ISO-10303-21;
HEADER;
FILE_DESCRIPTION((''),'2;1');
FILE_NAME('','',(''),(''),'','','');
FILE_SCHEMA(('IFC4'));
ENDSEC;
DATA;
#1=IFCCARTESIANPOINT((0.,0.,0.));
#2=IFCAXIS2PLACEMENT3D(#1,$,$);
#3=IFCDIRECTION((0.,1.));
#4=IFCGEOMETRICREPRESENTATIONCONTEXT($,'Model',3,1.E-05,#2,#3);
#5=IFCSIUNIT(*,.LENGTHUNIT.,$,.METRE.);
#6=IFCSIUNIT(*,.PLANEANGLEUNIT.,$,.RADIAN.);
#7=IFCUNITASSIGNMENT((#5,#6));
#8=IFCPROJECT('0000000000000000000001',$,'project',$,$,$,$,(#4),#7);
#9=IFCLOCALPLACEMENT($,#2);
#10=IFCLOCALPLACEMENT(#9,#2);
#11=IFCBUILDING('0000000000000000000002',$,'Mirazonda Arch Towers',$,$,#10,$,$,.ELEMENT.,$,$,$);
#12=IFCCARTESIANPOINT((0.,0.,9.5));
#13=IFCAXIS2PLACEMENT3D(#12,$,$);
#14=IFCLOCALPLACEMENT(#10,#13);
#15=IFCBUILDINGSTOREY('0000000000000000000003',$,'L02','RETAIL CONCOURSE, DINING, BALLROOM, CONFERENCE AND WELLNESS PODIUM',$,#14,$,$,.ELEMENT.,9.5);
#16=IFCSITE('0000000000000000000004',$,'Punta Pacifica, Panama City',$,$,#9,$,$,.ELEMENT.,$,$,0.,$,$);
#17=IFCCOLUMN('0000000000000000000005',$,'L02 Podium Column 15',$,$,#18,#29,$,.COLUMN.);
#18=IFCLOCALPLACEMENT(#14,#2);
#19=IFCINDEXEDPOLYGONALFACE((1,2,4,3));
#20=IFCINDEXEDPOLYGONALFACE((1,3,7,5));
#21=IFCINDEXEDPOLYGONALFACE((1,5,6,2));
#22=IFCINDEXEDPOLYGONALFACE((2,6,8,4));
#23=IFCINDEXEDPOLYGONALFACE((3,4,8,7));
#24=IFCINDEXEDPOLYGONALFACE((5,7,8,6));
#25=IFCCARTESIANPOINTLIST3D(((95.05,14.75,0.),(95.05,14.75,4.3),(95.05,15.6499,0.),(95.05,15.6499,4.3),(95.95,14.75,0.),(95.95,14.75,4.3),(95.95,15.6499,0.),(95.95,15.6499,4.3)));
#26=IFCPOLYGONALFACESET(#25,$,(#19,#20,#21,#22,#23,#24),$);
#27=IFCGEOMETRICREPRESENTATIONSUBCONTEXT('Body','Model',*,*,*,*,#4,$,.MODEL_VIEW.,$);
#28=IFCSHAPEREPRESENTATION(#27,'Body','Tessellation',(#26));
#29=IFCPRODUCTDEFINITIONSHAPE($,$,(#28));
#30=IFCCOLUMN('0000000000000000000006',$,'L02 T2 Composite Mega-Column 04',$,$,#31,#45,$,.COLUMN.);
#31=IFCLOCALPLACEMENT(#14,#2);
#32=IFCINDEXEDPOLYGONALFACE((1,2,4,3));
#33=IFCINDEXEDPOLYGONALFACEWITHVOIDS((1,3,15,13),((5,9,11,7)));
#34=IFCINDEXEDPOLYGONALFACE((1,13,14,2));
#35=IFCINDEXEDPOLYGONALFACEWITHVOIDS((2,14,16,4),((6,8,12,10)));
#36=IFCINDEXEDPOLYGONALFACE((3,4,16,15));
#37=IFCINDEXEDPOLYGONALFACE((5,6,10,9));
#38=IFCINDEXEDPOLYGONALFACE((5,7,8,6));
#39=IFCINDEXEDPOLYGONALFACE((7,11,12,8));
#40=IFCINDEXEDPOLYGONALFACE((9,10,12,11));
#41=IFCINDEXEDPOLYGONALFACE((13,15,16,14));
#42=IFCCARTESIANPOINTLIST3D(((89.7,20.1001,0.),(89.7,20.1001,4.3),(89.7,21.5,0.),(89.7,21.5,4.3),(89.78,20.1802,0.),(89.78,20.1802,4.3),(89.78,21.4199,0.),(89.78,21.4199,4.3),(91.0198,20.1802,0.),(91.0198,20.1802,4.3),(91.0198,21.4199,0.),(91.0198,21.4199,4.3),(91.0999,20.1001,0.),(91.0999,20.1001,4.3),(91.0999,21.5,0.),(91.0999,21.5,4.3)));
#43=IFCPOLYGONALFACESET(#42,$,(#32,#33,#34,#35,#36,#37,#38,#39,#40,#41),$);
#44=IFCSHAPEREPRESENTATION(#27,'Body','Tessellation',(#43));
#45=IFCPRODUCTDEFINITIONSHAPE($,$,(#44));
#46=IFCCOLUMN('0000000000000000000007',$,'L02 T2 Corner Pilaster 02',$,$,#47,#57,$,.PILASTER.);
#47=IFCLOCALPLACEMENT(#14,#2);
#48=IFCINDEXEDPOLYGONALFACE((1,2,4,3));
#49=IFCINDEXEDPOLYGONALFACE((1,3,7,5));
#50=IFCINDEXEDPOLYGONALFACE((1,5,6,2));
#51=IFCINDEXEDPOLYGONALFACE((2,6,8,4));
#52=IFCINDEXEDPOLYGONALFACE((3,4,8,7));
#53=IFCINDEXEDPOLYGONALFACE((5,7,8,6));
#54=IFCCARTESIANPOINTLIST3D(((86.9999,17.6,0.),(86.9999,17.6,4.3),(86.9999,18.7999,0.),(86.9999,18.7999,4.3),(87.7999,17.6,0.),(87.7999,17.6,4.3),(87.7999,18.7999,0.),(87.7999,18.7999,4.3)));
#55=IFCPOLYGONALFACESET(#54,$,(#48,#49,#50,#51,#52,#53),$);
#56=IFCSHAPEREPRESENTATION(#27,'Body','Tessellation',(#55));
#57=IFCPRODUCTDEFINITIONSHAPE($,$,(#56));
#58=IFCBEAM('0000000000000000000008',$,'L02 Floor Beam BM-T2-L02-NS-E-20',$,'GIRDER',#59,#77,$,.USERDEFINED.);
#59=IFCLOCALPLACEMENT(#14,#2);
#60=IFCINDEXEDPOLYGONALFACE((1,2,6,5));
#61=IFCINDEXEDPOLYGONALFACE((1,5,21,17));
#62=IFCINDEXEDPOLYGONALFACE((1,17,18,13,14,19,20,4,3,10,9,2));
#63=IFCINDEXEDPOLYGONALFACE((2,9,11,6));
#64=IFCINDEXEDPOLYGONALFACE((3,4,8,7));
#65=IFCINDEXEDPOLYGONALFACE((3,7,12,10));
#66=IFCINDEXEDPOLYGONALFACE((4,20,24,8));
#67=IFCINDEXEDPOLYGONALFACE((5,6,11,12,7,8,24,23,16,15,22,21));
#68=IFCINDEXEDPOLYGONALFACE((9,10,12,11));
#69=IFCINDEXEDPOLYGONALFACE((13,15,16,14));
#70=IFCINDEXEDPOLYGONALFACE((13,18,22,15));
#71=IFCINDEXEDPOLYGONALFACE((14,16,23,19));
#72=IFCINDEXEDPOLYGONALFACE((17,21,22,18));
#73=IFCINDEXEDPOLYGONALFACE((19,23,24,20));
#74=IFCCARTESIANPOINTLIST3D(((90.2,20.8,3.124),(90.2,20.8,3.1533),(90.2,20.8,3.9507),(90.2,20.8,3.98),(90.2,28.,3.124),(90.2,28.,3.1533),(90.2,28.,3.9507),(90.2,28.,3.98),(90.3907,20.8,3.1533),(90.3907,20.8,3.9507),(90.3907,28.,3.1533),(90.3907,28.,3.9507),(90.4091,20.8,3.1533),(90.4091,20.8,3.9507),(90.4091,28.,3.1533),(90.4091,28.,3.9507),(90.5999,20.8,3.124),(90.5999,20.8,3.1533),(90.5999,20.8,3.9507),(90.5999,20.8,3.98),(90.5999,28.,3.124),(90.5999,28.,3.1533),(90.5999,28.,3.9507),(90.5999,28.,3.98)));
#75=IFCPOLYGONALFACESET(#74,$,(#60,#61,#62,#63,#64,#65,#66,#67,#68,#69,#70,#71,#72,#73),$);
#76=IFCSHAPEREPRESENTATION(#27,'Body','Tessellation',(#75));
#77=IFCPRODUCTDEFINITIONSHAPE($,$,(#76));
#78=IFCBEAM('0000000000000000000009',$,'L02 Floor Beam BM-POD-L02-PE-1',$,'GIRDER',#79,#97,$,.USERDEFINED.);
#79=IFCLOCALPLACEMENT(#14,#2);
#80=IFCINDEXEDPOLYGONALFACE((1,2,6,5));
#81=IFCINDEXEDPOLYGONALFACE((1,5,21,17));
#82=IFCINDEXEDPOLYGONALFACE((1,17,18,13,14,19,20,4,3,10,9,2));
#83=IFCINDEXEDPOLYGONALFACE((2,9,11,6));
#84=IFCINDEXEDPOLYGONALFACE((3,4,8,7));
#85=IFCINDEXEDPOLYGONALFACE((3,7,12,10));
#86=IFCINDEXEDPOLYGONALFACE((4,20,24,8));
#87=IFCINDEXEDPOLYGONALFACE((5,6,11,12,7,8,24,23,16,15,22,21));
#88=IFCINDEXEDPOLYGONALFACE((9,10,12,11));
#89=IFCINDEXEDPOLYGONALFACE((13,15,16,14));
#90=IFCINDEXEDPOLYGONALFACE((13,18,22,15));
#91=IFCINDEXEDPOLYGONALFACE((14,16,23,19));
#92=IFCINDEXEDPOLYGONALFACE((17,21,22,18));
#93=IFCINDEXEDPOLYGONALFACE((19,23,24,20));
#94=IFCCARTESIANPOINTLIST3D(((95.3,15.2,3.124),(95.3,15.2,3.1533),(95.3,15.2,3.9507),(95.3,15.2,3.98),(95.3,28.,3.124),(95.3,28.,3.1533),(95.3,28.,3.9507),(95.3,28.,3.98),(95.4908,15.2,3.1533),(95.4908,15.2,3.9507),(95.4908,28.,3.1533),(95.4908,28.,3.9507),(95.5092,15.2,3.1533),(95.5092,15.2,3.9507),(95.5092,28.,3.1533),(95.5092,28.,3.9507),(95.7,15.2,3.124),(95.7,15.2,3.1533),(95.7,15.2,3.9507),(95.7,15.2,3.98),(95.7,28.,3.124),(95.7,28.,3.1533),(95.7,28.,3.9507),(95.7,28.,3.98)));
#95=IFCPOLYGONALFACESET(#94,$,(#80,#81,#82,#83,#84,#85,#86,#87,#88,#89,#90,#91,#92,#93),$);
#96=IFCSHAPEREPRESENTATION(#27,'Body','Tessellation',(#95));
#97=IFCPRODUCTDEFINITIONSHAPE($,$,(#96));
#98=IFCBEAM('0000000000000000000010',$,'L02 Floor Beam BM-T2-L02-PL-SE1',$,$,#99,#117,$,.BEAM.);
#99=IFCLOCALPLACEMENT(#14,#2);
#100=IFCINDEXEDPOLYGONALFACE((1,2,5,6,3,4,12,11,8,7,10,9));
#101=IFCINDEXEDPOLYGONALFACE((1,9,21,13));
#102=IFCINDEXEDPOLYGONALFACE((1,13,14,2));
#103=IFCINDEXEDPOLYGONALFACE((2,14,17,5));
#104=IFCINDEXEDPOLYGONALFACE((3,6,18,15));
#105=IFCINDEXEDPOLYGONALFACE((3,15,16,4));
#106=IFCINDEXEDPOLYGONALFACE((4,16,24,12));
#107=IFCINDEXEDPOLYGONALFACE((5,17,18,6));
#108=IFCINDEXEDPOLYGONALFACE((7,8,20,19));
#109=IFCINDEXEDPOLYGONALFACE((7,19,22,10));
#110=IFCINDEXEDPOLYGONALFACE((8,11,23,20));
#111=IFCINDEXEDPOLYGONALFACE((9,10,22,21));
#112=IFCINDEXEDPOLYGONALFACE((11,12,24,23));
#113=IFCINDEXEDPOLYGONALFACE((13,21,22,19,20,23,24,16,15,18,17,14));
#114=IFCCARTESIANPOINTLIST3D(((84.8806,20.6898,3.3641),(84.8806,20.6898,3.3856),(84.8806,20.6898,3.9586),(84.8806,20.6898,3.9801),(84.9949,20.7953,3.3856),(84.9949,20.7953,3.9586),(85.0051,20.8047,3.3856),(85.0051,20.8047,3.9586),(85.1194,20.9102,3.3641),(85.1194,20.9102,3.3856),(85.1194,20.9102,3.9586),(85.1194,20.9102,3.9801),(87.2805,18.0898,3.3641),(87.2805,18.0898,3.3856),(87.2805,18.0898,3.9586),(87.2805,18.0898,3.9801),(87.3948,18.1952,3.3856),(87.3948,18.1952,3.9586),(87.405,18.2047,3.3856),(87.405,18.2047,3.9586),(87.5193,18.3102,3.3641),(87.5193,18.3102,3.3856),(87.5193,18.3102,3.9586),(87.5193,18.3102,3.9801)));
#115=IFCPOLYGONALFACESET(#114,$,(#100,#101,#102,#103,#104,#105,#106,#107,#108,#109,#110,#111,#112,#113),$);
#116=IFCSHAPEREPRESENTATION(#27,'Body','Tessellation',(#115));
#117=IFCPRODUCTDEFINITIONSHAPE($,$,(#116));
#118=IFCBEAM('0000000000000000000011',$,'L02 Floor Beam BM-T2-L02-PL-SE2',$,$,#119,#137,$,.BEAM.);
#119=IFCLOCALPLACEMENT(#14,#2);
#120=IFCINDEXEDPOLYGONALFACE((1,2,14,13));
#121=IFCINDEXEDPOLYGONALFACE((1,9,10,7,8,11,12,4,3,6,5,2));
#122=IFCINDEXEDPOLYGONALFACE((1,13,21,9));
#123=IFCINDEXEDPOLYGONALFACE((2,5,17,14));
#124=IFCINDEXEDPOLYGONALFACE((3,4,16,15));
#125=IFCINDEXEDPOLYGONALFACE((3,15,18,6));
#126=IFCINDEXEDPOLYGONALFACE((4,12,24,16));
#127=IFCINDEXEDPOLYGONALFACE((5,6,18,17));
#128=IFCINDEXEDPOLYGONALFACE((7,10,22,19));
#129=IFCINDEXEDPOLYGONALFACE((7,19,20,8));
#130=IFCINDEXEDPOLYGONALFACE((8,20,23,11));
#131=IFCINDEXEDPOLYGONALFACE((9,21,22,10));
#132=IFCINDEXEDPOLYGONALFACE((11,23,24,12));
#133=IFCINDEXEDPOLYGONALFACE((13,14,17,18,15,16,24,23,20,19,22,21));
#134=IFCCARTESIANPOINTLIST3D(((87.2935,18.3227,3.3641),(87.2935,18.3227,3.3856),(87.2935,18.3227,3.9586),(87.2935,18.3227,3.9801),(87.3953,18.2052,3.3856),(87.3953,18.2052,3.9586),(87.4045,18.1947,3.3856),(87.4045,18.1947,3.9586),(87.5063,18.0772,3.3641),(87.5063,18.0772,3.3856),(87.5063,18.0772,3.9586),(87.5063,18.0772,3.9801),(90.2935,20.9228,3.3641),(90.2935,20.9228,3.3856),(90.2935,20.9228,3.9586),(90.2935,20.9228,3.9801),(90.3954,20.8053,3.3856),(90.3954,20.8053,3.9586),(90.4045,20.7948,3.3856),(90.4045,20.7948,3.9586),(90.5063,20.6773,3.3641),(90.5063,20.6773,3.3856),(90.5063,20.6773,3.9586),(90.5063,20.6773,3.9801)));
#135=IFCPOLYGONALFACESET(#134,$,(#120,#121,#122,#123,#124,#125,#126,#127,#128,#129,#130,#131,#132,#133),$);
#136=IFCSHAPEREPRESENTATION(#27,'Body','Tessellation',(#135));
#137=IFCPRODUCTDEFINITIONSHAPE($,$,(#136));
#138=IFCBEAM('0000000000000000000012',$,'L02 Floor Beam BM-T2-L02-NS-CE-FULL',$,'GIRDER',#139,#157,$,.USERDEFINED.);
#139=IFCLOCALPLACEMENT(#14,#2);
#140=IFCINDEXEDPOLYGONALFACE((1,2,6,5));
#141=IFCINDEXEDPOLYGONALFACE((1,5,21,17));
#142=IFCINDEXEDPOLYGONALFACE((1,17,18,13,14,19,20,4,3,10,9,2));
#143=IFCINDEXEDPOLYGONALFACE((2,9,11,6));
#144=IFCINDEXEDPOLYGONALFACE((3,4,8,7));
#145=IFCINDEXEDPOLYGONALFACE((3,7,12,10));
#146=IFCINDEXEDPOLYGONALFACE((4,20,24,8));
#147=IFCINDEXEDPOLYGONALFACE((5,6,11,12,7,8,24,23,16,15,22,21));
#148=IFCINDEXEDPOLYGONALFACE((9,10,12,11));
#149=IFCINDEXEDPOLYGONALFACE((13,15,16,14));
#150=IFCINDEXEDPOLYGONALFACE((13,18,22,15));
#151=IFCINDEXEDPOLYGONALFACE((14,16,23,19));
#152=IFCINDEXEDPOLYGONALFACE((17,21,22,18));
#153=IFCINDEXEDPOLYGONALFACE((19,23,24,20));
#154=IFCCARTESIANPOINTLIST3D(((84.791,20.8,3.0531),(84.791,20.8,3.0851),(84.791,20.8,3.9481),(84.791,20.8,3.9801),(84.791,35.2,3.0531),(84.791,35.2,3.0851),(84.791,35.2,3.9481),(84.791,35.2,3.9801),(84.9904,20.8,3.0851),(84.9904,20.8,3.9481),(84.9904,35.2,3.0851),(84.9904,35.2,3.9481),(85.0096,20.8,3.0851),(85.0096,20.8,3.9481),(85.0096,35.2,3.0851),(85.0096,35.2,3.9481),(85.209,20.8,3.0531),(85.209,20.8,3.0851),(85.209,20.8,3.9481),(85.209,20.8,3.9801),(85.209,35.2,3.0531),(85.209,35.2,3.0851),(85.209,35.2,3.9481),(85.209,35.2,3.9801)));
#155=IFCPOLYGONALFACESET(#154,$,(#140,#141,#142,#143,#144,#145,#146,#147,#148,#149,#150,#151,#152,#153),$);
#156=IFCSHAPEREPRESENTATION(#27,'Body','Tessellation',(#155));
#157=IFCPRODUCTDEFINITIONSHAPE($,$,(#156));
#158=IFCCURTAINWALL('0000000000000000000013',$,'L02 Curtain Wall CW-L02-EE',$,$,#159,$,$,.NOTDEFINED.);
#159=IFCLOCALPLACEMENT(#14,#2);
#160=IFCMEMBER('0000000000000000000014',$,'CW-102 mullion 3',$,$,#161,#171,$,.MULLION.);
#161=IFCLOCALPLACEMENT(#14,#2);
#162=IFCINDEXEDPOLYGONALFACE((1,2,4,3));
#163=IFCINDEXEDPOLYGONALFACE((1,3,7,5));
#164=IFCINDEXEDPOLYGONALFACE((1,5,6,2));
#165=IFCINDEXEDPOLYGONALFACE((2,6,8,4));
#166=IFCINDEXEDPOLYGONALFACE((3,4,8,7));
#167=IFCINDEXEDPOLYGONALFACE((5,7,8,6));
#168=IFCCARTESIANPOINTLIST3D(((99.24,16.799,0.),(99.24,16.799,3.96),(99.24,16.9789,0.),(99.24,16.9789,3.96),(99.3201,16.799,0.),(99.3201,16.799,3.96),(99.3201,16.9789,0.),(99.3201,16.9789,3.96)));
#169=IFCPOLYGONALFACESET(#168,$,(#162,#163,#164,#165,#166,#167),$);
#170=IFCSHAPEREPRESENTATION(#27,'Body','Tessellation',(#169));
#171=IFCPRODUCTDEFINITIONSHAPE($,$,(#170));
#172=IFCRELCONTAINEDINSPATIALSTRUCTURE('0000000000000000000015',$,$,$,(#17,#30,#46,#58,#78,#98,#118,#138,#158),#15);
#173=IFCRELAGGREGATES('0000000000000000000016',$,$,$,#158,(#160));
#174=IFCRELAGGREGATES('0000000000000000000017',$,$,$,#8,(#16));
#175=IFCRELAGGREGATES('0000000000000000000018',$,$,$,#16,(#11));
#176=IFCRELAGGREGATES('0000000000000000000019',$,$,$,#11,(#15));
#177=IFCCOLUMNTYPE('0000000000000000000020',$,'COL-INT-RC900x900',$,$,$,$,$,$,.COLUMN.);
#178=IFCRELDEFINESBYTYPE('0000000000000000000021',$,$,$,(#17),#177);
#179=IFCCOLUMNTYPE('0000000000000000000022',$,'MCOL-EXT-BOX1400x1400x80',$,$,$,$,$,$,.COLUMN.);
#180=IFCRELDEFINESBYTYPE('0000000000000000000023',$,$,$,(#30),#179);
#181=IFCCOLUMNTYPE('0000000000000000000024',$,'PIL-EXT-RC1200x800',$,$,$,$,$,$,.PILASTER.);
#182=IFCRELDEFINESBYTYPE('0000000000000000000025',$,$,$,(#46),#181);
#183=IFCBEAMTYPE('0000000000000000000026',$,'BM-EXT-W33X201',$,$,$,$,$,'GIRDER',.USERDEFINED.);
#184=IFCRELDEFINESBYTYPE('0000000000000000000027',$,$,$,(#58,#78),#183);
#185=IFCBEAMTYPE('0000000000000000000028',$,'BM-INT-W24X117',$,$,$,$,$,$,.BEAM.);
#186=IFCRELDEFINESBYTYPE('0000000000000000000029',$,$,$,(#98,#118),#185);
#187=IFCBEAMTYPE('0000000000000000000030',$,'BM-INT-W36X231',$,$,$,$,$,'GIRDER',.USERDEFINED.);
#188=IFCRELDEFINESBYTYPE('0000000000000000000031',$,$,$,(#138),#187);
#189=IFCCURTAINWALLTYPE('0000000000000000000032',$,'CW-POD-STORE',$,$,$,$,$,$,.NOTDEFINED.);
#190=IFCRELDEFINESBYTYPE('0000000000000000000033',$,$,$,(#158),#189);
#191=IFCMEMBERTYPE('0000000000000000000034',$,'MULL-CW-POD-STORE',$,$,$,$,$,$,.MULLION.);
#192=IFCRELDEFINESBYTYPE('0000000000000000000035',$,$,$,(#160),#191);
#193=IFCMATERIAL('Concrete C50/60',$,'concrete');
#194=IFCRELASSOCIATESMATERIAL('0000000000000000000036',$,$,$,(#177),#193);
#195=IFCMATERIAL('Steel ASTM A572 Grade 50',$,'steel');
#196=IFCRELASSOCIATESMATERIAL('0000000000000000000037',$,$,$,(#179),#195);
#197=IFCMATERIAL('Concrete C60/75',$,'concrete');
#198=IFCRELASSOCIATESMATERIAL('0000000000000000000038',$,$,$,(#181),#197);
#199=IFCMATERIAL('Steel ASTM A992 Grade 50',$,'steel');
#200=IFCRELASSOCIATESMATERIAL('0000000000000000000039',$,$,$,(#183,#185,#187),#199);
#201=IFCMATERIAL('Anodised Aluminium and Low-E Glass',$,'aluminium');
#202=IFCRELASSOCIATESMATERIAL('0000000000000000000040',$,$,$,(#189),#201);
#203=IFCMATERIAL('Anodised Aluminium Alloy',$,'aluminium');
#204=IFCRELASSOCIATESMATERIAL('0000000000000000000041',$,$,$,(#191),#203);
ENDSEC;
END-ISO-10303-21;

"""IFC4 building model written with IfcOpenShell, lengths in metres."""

from ifc_helpers import new_model, si_unit, direction, frame, origin, origin_2d, place, context, subcontext, project, spatial, rectangle, hollow_rectangle, i_section, extrude, material, material_profile, profile_set, type_object, element, aggregate, save


model = new_model("IFC4")

# Units and contexts
model_context = context("Model", 3, precision=1e-05, world=origin(), true_north=direction((0.0, 1.0)))
body_context = subcontext(model_context, "Body", "Model", "MODEL_VIEW")
ifc_project = project(units=[si_unit("LENGTHUNIT", "METRE"), si_unit("PLANEANGLEUNIT", "RADIAN")], contexts=[model_context])

# Site, building, storey
site_placement = place(None, origin())
site = spatial("IfcSite", under=ifc_project, at=site_placement, Name="Punta Pacifica, Panama City", CompositionType="ELEMENT", RefElevation=0.0)
building_placement = place(site_placement, origin())
building = spatial("IfcBuilding", under=site, at=building_placement, Name="Mirazonda Arch Towers", CompositionType="ELEMENT")
storey_placement = place(building_placement, frame((0.0, 0.0, 9.5)))
storey = spatial("IfcBuildingStorey", under=building, at=storey_placement, Name="L02", Description="RETAIL CONCOURSE, DINING, BALLROOM, CONFERENCE AND WELLNESS PODIUM", CompositionType="ELEMENT", Elevation=9.5)

# Columns
ifc_material_1 = material(Name="Concrete C50/60", Category="concrete")
ifc_material_profile_1 = material_profile(ifc_material_1, rectangle(XDim=0.8999, YDim=0.8999, at=origin_2d()), Name="RC900x900")
ifc_profile_set_1 = profile_set([ifc_material_profile_1], Name="Concrete C50/60")
column_type_1 = type_object("IfcColumnType", Name="COL-INT-RC900x900", PredefinedType="COLUMN", material=ifc_profile_set_1)
column_1_placement = place(storey_placement, frame((95.5, 15.2, 0.0), z_axis=(0.0, 0.0, 1.0), x_axis=(1.0, 0.0, 0.0)))
element("IfcColumn", 1, at=column_1_placement, inside=storey, type_object=column_type_1, Name="L02 Podium Column 15", PredefinedType="COLUMN", context=body_context, shape_type="SweptSolid", body=[
    extrude(rectangle(XDim=0.8999, YDim=0.8999, at=origin_2d()), origin(), (0.0, 0.0, 1.0), 4.3),
])
ifc_material_2 = material(Name="Steel ASTM A572 Grade 50", Category="steel")
ifc_material_profile_2 = material_profile(ifc_material_2, hollow_rectangle(XDim=1.3999, YDim=1.3999, WallThickness=0.0801, at=origin_2d()), Name="BOX1400x1400x80")
ifc_profile_set_2 = profile_set([ifc_material_profile_2], Name="Steel ASTM A572 Grade 50")
column_type_2 = type_object("IfcColumnType", Name="MCOL-EXT-BOX1400x1400x80", PredefinedType="COLUMN", material=ifc_profile_set_2)
column_2_placement = place(storey_placement, frame((90.3999, 20.8, 0.0), z_axis=(0.0, 0.0, 1.0), x_axis=(1.0, 0.0, 0.0)))
element("IfcColumn", 2, at=column_2_placement, inside=storey, type_object=column_type_2, Name="L02 T2 Composite Mega-Column 04", PredefinedType="COLUMN", context=body_context, shape_type="SweptSolid", body=[
    extrude(hollow_rectangle(XDim=1.3999, YDim=1.3999, WallThickness=0.0801, at=origin_2d()), origin(), (0.0, 0.0, 1.0), 4.3),
])
ifc_material_3 = material(Name="Concrete C60/75", Category="concrete")
ifc_material_profile_3 = material_profile(ifc_material_3, rectangle(XDim=0.8, YDim=1.2, at=origin_2d()), Name="RC1200x800")
ifc_profile_set_3 = profile_set([ifc_material_profile_3], Name="Concrete C60/75")
column_type_3 = type_object("IfcColumnType", Name="PIL-EXT-RC1200x800", PredefinedType="PILASTER", material=ifc_profile_set_3)
column_3_placement = place(storey_placement, frame((87.3999, 18.2, 0.0), z_axis=(0.0, 0.0, 1.0), x_axis=(1.0, 0.0, 0.0)))
element("IfcColumn", 3, at=column_3_placement, inside=storey, type_object=column_type_3, Name="L02 T2 Corner Pilaster 02", PredefinedType="PILASTER", context=body_context, shape_type="SweptSolid", body=[
    extrude(rectangle(XDim=0.8, YDim=1.2, at=origin_2d()), origin(), (0.0, 0.0, 1.0), 4.3),
])

# Beams
ifc_material_4 = material(Name="Steel ASTM A992 Grade 50", Category="steel")
ifc_material_profile_4 = material_profile(ifc_material_4, i_section(OverallWidth=0.3999, OverallDepth=0.856, WebThickness=0.0183, FlangeThickness=0.0293, at=origin_2d()), Name="W33X201")
ifc_profile_set_4 = profile_set([ifc_material_profile_4], Name="Steel ASTM A992 Grade 50")
beam_type_1 = type_object("IfcBeamType", Name="BM-EXT-W33X201", ElementType="GIRDER", PredefinedType="USERDEFINED", material=ifc_profile_set_4)
beam_1_placement = place(storey_placement, frame((90.3999, 20.8, 3.552), z_axis=(0.0, 1.0, 0.0), x_axis=(-1.0, 0.0, 0.0)))
element("IfcBeam", 4, at=beam_1_placement, inside=storey, type_object=beam_type_1, Name="L02 Floor Beam BM-T2-L02-NS-E-20", ObjectType="GIRDER", PredefinedType="USERDEFINED", context=body_context, shape_type="SweptSolid", body=[
    extrude(i_section(OverallWidth=0.3999, OverallDepth=0.856, WebThickness=0.0183, FlangeThickness=0.0293, at=origin_2d()), origin(), (0.0, 0.0, 1.0), 7.2),
])
beam_2_placement = place(storey_placement, frame((95.5, 15.2, 3.552), z_axis=(0.0, 1.0, 0.0), x_axis=(-1.0, 0.0, 0.0)))
element("IfcBeam", 5, at=beam_2_placement, inside=storey, type_object=beam_type_1, Name="L02 Floor Beam BM-POD-L02-PE-1", ObjectType="GIRDER", PredefinedType="USERDEFINED", context=body_context, shape_type="SweptSolid", body=[
    extrude(i_section(OverallWidth=0.3999, OverallDepth=0.856, WebThickness=0.0183, FlangeThickness=0.0293, at=origin_2d()), origin(), (0.0, 0.0, 1.0), 12.8),
])
ifc_material_profile_5 = material_profile(ifc_material_4, i_section(OverallWidth=0.325, OverallDepth=0.616, WebThickness=0.0139, FlangeThickness=0.0215, at=origin_2d()), Name="W24X117")
ifc_profile_set_5 = profile_set([ifc_material_profile_5], Name="Steel ASTM A992 Grade 50")
beam_type_2 = type_object("IfcBeamType", Name="BM-INT-W24X117", PredefinedType="BEAM", material=ifc_profile_set_5)
beam_3_placement = place(storey_placement, frame((87.3999, 18.2, 3.6721), z_axis=(-0.678251, 0.73483, 0.0), x_axis=(-0.73483, -0.678251, 0.0)))
element("IfcBeam", 6, at=beam_3_placement, inside=storey, type_object=beam_type_2, Name="L02 Floor Beam BM-T2-L02-PL-SE1", PredefinedType="BEAM", context=body_context, shape_type="SweptSolid", body=[
    extrude(i_section(OverallWidth=0.325, OverallDepth=0.616, WebThickness=0.0139, FlangeThickness=0.0215, at=origin_2d()), origin(), (0.0, 0.0, 1.0), 3.5383),
])
beam_4_placement = place(storey_placement, frame((87.3999, 18.2, 3.6721), z_axis=(0.755677, 0.654945, 0.0), x_axis=(-0.654945, 0.755677, 0.0)))
element("IfcBeam", 7, at=beam_4_placement, inside=storey, type_object=beam_type_2, Name="L02 Floor Beam BM-T2-L02-PL-SE2", PredefinedType="BEAM", context=body_context, shape_type="SweptSolid", body=[
    extrude(i_section(OverallWidth=0.325, OverallDepth=0.616, WebThickness=0.0139, FlangeThickness=0.0215, at=origin_2d()), origin(), (0.0, 0.0, 1.0), 3.97),
])
ifc_material_profile_6 = material_profile(ifc_material_4, i_section(OverallWidth=0.418, OverallDepth=0.927, WebThickness=0.0193, FlangeThickness=0.032, at=origin_2d()), Name="W36X231")
ifc_profile_set_6 = profile_set([ifc_material_profile_6], Name="Steel ASTM A992 Grade 50")
beam_type_3 = type_object("IfcBeamType", Name="BM-INT-W36X231", ElementType="GIRDER", PredefinedType="USERDEFINED", material=ifc_profile_set_6)
beam_5_placement = place(storey_placement, frame((85.0, 20.8, 3.5166), z_axis=(0.0, 1.0, 0.0), x_axis=(-1.0, 0.0, 0.0)))
element("IfcBeam", 8, at=beam_5_placement, inside=storey, type_object=beam_type_3, Name="L02 Floor Beam BM-T2-L02-NS-CE-FULL", ObjectType="GIRDER", PredefinedType="USERDEFINED", context=body_context, shape_type="SweptSolid", body=[
    extrude(i_section(OverallWidth=0.418, OverallDepth=0.927, WebThickness=0.0193, FlangeThickness=0.032, at=origin_2d()), origin(), (0.0, 0.0, 1.0), 14.3999),
])

# Curtain wall, member
ifc_material_5 = material(Name="Anodised Aluminium and Low-E Glass", Category="aluminium")
curtain_wall_type = type_object("IfcCurtainWallType", Name="CW-POD-STORE", PredefinedType="NOTDEFINED", material=ifc_material_5)
curtain_wall_placement = place(storey_placement, origin())
curtain_wall = element("IfcCurtainWall", 9, at=curtain_wall_placement, inside=storey, type_object=curtain_wall_type, Name="L02 Curtain Wall CW-L02-EE", PredefinedType="NOTDEFINED")
ifc_material_6 = material(Name="Anodised Aluminium Alloy", Category="aluminium")
ifc_material_profile_7 = material_profile(ifc_material_6, rectangle(XDim=0.0801, YDim=0.1799, at=origin_2d()), Name="ALU-MULL-80x180")
ifc_profile_set_7 = profile_set([ifc_material_profile_7], Name="Anodised Aluminium Alloy")
member_type_1 = type_object("IfcMemberType", Name="MULL-CW-POD-STORE", PredefinedType="MULLION", material=ifc_profile_set_7)
member_1_placement = place(storey_placement, frame((99.28, 16.8889, 0.0), z_axis=(0.0, 0.0, 1.0), x_axis=(-1.0, 0.0, 0.0)))
member_1 = element("IfcMember", 10, at=member_1_placement, type_object=member_type_1, Name="CW-102 mullion 3", PredefinedType="MULLION", context=body_context, shape_type="SweptSolid", body=[
    extrude(rectangle(XDim=0.0801, YDim=0.1799, at=origin_2d()), origin(), (0.0, 0.0, 1.0), 3.96),
])
aggregate(curtain_wall, [member_1])

save(model, "model.ifc")
